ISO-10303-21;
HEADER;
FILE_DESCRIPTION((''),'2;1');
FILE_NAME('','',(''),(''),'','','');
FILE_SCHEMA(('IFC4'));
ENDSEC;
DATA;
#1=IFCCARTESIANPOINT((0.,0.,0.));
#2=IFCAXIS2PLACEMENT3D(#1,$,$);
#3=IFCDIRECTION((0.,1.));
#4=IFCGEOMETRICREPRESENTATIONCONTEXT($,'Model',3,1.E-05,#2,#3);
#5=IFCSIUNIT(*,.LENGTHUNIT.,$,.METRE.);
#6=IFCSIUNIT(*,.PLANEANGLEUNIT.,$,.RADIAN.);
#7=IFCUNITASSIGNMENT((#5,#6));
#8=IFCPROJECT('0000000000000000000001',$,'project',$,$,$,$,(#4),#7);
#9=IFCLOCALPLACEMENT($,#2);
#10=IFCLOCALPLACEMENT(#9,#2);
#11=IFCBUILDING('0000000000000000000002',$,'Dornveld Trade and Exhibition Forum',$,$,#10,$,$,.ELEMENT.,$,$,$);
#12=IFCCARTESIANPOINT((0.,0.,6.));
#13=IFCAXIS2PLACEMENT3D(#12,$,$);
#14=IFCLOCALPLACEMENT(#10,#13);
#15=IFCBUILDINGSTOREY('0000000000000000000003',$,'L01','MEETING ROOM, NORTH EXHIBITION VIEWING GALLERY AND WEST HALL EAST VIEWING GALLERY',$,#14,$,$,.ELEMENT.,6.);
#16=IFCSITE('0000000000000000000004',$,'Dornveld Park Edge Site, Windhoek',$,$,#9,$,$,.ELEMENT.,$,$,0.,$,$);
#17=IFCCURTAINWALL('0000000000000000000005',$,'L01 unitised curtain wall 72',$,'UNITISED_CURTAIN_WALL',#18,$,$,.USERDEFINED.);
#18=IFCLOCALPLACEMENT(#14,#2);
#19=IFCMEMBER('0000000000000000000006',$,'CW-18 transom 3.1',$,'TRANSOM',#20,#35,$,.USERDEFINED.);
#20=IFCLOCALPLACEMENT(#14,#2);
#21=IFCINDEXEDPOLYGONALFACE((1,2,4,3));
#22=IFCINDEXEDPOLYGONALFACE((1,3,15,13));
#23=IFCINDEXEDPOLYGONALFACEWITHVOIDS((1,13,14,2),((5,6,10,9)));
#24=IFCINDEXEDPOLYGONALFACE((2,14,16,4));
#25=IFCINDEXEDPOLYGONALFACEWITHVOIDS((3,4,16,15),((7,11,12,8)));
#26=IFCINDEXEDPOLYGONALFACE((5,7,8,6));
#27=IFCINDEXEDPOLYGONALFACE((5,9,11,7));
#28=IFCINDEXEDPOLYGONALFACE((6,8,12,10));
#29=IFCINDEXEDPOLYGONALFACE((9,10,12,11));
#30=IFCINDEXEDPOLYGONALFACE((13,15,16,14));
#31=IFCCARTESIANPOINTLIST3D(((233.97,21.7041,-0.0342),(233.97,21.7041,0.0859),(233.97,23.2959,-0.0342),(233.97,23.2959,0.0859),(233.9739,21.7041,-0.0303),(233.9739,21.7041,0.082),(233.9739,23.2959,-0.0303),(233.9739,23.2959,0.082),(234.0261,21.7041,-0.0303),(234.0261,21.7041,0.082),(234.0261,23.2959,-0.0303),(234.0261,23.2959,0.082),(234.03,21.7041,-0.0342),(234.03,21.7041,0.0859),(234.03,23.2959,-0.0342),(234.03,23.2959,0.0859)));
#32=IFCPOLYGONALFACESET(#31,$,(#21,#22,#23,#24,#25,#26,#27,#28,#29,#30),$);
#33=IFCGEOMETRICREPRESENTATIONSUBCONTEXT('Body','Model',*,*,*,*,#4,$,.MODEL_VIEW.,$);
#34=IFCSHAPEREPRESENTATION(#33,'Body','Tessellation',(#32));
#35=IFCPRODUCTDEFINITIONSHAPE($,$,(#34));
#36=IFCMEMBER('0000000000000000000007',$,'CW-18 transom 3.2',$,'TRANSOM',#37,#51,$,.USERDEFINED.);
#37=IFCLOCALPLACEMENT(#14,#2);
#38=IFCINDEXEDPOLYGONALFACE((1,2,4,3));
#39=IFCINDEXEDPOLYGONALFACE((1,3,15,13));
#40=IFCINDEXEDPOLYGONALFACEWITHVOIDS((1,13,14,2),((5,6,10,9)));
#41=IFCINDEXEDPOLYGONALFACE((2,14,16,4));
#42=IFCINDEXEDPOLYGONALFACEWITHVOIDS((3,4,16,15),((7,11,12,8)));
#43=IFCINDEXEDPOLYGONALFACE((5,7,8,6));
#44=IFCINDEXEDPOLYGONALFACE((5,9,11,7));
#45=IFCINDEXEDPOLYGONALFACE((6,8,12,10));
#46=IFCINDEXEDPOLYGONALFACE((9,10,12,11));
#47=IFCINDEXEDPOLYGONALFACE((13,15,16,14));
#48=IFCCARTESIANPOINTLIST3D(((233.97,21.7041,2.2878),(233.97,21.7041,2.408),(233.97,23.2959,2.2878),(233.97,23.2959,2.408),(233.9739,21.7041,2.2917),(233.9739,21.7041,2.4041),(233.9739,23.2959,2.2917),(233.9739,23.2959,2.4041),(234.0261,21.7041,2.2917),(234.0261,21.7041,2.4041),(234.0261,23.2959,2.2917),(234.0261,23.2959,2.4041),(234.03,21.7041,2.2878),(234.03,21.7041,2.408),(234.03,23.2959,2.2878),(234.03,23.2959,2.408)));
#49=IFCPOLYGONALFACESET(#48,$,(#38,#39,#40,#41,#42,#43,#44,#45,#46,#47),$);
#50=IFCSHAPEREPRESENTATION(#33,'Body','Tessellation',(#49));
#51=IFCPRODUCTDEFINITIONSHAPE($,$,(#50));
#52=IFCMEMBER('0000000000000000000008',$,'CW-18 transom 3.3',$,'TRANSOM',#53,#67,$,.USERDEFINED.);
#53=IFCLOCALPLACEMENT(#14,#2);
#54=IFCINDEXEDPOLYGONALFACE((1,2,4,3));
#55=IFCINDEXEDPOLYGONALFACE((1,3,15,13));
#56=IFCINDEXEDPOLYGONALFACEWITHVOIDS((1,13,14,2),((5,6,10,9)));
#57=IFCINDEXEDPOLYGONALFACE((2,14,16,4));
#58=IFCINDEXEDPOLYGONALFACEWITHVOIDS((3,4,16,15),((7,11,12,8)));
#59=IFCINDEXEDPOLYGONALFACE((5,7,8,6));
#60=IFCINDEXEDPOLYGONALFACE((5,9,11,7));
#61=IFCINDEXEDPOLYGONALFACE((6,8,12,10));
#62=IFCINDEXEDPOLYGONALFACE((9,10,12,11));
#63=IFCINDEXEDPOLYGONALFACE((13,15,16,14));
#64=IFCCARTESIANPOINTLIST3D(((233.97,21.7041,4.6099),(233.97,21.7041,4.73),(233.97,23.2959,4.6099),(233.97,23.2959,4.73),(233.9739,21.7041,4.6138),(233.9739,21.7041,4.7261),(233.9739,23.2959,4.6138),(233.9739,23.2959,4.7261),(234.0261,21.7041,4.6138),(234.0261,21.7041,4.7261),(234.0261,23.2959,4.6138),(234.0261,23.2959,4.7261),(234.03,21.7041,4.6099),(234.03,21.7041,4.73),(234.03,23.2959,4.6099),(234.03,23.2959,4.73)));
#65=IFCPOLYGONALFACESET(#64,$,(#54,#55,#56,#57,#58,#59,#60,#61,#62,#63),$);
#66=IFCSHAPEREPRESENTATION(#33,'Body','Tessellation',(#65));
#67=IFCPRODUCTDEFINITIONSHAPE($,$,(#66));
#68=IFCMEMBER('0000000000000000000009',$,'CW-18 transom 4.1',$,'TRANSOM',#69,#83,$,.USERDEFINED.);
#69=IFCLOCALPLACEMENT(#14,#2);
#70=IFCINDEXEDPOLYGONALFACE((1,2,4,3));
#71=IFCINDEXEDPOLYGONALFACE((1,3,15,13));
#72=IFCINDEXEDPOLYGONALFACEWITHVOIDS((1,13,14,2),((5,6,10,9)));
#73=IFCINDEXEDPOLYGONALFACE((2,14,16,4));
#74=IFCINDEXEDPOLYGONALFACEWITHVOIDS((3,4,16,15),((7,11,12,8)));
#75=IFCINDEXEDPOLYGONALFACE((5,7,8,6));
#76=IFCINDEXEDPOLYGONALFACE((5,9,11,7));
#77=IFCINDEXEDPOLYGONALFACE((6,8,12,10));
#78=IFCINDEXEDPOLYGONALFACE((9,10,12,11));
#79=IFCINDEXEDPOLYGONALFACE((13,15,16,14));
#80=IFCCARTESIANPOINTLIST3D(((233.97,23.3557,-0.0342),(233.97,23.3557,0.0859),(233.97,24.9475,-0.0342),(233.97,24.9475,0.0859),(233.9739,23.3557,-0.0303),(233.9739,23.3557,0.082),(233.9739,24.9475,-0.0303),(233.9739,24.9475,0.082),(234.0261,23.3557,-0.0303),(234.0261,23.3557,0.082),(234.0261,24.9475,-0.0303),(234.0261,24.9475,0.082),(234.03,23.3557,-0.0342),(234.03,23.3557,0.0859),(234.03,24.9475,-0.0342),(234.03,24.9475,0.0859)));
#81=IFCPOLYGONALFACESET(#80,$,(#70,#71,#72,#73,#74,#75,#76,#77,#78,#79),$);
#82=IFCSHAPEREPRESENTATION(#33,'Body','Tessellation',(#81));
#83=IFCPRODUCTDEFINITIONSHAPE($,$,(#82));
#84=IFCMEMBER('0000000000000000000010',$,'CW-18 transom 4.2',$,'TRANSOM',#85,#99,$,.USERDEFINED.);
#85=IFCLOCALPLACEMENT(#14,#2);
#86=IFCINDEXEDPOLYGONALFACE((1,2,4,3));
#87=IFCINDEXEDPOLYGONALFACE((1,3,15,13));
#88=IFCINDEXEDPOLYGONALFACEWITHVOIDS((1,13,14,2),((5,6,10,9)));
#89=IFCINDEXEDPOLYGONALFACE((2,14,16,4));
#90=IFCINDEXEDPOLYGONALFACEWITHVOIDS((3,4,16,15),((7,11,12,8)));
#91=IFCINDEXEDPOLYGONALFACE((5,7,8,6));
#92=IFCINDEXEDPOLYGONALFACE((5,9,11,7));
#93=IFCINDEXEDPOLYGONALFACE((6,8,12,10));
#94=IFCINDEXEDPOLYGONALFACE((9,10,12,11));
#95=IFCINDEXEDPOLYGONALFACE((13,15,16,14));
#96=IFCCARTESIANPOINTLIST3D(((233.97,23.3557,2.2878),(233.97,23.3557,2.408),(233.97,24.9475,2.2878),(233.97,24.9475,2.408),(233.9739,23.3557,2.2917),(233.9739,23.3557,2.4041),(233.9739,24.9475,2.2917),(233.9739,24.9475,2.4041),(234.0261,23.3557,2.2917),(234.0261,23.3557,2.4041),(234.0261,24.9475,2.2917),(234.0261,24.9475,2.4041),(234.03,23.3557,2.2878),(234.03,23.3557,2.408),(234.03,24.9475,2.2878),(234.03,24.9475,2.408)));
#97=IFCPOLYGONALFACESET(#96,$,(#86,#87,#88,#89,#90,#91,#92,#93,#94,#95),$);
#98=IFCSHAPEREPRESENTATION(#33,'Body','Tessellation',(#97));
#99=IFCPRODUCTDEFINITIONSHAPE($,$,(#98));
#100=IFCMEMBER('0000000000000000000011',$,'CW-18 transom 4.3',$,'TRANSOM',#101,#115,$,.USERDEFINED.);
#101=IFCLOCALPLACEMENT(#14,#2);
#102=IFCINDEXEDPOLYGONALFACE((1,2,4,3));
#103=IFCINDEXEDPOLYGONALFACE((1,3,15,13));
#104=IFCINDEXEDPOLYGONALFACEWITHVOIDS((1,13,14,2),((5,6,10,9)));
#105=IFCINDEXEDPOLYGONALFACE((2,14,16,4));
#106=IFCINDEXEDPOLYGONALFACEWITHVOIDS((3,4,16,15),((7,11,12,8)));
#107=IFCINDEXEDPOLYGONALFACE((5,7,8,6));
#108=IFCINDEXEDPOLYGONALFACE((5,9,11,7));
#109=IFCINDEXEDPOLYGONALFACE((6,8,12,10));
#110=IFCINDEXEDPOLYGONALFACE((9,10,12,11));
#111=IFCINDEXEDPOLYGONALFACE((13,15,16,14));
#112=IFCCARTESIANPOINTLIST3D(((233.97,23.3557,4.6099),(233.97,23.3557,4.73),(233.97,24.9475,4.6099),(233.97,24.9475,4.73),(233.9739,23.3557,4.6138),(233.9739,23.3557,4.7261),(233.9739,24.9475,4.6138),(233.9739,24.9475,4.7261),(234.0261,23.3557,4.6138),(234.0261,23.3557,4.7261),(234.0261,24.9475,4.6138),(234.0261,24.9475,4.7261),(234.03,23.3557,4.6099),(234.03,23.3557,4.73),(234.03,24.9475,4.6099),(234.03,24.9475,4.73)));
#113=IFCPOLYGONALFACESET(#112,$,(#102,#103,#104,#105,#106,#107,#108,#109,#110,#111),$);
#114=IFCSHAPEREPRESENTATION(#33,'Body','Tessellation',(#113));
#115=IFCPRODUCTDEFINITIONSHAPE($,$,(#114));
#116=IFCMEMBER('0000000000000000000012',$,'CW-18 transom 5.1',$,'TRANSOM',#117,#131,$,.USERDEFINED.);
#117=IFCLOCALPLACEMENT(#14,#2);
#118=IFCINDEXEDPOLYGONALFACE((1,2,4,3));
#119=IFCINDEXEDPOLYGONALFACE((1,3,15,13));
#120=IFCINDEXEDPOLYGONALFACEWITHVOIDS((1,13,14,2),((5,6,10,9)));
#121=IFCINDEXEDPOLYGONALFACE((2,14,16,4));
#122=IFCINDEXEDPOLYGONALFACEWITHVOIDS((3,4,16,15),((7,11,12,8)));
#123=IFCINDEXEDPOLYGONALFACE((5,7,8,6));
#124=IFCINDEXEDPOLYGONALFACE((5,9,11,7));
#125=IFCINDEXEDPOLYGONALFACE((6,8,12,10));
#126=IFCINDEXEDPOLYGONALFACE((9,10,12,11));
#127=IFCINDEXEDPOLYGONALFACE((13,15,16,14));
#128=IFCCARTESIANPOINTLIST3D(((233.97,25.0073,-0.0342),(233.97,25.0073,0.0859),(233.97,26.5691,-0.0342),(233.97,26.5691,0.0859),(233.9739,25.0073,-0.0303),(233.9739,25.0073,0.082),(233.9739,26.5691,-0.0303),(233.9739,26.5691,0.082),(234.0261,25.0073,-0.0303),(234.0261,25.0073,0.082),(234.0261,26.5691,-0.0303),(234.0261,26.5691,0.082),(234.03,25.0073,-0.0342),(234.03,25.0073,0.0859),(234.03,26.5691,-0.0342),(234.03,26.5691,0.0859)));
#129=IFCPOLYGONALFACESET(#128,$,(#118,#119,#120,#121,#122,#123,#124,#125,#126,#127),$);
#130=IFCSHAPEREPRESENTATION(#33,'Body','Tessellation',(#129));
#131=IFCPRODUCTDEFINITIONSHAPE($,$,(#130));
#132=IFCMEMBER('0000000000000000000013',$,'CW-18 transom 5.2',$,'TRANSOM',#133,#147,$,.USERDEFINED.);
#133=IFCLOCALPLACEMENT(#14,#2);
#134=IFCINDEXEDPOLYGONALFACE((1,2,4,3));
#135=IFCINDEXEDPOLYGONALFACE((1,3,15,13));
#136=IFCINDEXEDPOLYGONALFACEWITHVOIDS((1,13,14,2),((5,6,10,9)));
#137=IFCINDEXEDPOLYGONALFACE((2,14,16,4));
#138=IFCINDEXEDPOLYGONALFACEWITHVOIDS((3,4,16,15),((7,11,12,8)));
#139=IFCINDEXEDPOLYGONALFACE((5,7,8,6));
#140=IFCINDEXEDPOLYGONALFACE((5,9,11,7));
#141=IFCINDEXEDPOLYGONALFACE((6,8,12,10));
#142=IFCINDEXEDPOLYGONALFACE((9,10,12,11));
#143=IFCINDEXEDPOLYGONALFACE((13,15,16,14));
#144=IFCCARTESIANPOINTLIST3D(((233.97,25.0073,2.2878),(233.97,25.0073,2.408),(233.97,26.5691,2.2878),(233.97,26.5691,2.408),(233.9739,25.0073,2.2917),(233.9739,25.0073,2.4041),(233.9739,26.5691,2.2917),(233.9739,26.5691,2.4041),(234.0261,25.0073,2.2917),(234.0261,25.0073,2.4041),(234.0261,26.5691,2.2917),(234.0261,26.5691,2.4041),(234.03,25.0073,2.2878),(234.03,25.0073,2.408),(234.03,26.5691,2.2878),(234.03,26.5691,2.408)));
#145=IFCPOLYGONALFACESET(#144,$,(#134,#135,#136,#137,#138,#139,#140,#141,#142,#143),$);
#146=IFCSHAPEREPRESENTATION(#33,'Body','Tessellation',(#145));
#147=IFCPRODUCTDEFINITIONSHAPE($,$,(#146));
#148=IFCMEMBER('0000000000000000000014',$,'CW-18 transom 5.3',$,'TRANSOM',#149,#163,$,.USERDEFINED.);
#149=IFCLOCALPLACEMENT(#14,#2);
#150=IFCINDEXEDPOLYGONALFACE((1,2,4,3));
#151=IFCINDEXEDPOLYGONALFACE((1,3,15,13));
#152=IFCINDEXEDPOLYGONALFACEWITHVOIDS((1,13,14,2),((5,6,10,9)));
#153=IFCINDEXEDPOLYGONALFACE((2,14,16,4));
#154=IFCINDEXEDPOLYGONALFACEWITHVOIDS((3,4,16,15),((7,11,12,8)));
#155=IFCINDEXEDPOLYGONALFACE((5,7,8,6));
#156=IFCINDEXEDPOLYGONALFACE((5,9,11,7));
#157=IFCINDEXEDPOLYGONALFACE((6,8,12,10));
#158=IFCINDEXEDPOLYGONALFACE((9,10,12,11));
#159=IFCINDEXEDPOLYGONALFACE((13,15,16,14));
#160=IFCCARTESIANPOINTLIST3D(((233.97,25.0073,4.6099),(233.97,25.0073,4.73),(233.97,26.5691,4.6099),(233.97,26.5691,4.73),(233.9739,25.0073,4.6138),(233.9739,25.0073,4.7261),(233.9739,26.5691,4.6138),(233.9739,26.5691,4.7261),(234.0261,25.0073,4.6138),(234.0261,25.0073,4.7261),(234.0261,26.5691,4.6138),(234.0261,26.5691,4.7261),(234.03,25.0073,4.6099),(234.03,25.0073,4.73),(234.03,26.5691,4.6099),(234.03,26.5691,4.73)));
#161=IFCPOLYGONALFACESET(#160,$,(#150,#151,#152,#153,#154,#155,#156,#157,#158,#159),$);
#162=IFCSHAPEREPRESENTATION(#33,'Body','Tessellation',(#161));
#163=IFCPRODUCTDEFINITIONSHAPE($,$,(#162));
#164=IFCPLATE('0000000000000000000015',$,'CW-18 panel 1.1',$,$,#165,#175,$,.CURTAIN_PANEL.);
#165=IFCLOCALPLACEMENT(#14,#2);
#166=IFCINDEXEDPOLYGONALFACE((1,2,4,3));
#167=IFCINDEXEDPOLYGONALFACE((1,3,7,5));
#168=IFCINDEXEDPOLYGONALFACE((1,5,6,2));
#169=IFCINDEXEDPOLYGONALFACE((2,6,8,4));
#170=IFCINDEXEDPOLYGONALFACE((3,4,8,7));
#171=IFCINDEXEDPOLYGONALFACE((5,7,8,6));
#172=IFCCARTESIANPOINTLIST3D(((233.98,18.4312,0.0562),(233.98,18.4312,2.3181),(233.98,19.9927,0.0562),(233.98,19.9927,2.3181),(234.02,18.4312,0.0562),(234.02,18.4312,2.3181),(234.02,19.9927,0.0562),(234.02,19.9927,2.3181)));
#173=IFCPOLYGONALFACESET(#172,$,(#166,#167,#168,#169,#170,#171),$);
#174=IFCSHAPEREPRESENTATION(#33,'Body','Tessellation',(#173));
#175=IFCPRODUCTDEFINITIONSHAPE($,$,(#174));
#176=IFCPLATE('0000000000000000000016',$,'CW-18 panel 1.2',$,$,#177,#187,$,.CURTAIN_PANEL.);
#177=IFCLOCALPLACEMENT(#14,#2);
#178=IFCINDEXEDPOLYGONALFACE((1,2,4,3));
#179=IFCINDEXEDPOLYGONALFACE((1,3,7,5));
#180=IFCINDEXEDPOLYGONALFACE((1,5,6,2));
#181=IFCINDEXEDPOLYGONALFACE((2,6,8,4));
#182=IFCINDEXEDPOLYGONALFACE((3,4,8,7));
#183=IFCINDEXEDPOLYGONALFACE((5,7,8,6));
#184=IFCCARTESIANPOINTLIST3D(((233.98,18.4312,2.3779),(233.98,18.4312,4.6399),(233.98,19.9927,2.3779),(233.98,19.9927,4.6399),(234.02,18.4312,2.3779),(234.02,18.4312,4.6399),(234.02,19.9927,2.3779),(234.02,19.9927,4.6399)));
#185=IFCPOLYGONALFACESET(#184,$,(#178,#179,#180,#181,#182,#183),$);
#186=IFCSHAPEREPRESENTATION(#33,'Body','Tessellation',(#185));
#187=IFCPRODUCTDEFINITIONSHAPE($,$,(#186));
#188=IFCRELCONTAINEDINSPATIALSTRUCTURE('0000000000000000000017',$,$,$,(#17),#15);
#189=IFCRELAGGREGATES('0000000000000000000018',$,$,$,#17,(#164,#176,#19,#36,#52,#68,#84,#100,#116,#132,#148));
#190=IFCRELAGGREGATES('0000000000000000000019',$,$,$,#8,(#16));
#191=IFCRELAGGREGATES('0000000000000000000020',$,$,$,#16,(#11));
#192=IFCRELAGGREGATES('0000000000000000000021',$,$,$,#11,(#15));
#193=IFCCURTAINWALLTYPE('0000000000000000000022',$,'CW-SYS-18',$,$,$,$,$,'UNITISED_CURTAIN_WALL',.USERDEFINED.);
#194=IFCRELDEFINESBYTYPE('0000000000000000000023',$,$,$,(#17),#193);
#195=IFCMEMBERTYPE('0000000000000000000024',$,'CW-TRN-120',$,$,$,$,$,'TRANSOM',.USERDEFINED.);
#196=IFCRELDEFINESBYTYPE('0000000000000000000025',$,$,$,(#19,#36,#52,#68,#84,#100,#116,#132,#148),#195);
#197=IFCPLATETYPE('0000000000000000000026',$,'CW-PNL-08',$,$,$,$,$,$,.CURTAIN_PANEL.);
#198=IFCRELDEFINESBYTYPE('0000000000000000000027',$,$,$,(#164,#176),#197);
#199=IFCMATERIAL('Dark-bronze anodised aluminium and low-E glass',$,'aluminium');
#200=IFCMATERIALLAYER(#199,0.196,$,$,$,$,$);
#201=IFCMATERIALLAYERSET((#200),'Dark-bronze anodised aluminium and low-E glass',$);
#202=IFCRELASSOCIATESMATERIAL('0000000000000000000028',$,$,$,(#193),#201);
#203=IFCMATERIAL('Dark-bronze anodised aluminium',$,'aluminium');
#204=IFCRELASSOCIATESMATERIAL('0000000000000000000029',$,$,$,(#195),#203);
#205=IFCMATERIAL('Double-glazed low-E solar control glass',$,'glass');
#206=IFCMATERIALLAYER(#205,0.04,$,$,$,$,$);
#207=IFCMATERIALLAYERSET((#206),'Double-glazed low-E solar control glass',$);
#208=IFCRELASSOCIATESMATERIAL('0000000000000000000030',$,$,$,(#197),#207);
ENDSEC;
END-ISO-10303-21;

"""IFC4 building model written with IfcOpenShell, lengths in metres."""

from ifc_helpers import new_model, si_unit, direction, frame, origin, origin_2d, place, context, subcontext, project, spatial, rectangle, hollow_rectangle, extrude, material, layer, layer_set, material_profile, profile_set, type_object, element, aggregate, save


model = new_model("IFC4")

# Units and contexts
model_context = context("Model", 3, precision=1e-05, world=origin(), true_north=direction((0.0, 1.0)))
body_context = subcontext(model_context, "Body", "Model", "MODEL_VIEW")
ifc_project = project(units=[si_unit("LENGTHUNIT", "METRE"), si_unit("PLANEANGLEUNIT", "RADIAN")], contexts=[model_context])

# Site, building, storey
site_placement = place(None, origin())
site = spatial("IfcSite", under=ifc_project, at=site_placement, Name="Dornveld Park Edge Site, Windhoek", CompositionType="ELEMENT", RefElevation=0.0)
building_placement = place(site_placement, origin())
building = spatial("IfcBuilding", under=site, at=building_placement, Name="Dornveld Trade and Exhibition Forum", CompositionType="ELEMENT")
storey_placement = place(building_placement, frame((0.0, 0.0, 6.0)))
storey = spatial("IfcBuildingStorey", under=building, at=storey_placement, Name="L01", Description="MEETING ROOM, NORTH EXHIBITION VIEWING GALLERY AND WEST HALL EAST VIEWING GALLERY", CompositionType="ELEMENT", Elevation=6.0)

# Curtain wall, members, plates
ifc_material_1 = material(Name="Dark-bronze anodised aluminium and low-E glass", Category="aluminium")
ifc_layer_1 = layer(ifc_material_1, 0.196)
ifc_layer_set_1 = layer_set([ifc_layer_1], Name="Dark-bronze anodised aluminium and low-E glass")
curtain_wall_type = type_object("IfcCurtainWallType", Name="CW-SYS-18", ElementType="UNITISED_CURTAIN_WALL", PredefinedType="USERDEFINED", material=ifc_layer_set_1)
curtain_wall_placement = place(storey_placement, origin())
curtain_wall = element("IfcCurtainWall", 1, at=curtain_wall_placement, inside=storey, type_object=curtain_wall_type, Name="L01 unitised curtain wall 72", ObjectType="UNITISED_CURTAIN_WALL", PredefinedType="USERDEFINED")
ifc_material_2 = material(Name="Dark-bronze anodised aluminium", Category="aluminium")
ifc_material_profile_1 = material_profile(ifc_material_2, hollow_rectangle(XDim=0.0601, YDim=0.1201, WallThickness=0.0039, at=origin_2d()), Name="RHS 120x60x4")
ifc_profile_set_1 = profile_set([ifc_material_profile_1], Name="Dark-bronze anodised aluminium")
member_type_1 = type_object("IfcMemberType", Name="CW-TRN-120", ElementType="TRANSOM", PredefinedType="USERDEFINED", material=ifc_profile_set_1)
member_1_placement = place(storey_placement, frame((234.0, 21.7041, 0.0259), z_axis=(0.0, 1.0, 0.0), x_axis=(-1.0, 0.0, 0.0)))
member_1 = element("IfcMember", 2, at=member_1_placement, type_object=member_type_1, Name="CW-18 transom 3.1", ObjectType="TRANSOM", PredefinedType="USERDEFINED", context=body_context, shape_type="SweptSolid", body=[
    extrude(hollow_rectangle(XDim=0.0601, YDim=0.1201, WallThickness=0.0039, at=origin_2d()), origin(), (0.0, 0.0, 1.0), 1.5918),
])
member_2_placement = place(storey_placement, frame((234.0, 21.7041, 2.3479), z_axis=(0.0, 1.0, 0.0), x_axis=(-1.0, 0.0, 0.0)))
member_2 = element("IfcMember", 3, at=member_2_placement, type_object=member_type_1, Name="CW-18 transom 3.2", ObjectType="TRANSOM", PredefinedType="USERDEFINED", context=body_context, shape_type="SweptSolid", body=[
    extrude(hollow_rectangle(XDim=0.0601, YDim=0.1201, WallThickness=0.0039, at=origin_2d()), origin(), (0.0, 0.0, 1.0), 1.5918),
])
member_3_placement = place(storey_placement, frame((234.0, 21.7041, 4.6699), z_axis=(0.0, 1.0, 0.0), x_axis=(-1.0, 0.0, 0.0)))
member_3 = element("IfcMember", 4, at=member_3_placement, type_object=member_type_1, Name="CW-18 transom 3.3", ObjectType="TRANSOM", PredefinedType="USERDEFINED", context=body_context, shape_type="SweptSolid", body=[
    extrude(hollow_rectangle(XDim=0.0601, YDim=0.1201, WallThickness=0.0039, at=origin_2d()), origin(), (0.0, 0.0, 1.0), 1.5918),
])
member_4_placement = place(storey_placement, frame((234.0, 23.3557, 0.0259), z_axis=(0.0, 1.0, 0.0), x_axis=(-1.0, 0.0, 0.0)))
member_4 = element("IfcMember", 5, at=member_4_placement, type_object=member_type_1, Name="CW-18 transom 4.1", ObjectType="TRANSOM", PredefinedType="USERDEFINED", context=body_context, shape_type="SweptSolid", body=[
    extrude(hollow_rectangle(XDim=0.0601, YDim=0.1201, WallThickness=0.0039, at=origin_2d()), origin(), (0.0, 0.0, 1.0), 1.5918),
])
member_5_placement = place(storey_placement, frame((234.0, 23.3557, 2.3479), z_axis=(0.0, 1.0, 0.0), x_axis=(-1.0, 0.0, 0.0)))
member_5 = element("IfcMember", 6, at=member_5_placement, type_object=member_type_1, Name="CW-18 transom 4.2", ObjectType="TRANSOM", PredefinedType="USERDEFINED", context=body_context, shape_type="SweptSolid", body=[
    extrude(hollow_rectangle(XDim=0.0601, YDim=0.1201, WallThickness=0.0039, at=origin_2d()), origin(), (0.0, 0.0, 1.0), 1.5918),
])
member_6_placement = place(storey_placement, frame((234.0, 23.3557, 4.6699), z_axis=(0.0, 1.0, 0.0), x_axis=(-1.0, 0.0, 0.0)))
member_6 = element("IfcMember", 7, at=member_6_placement, type_object=member_type_1, Name="CW-18 transom 4.3", ObjectType="TRANSOM", PredefinedType="USERDEFINED", context=body_context, shape_type="SweptSolid", body=[
    extrude(hollow_rectangle(XDim=0.0601, YDim=0.1201, WallThickness=0.0039, at=origin_2d()), origin(), (0.0, 0.0, 1.0), 1.5918),
])
member_7_placement = place(storey_placement, frame((234.0, 25.0073, 0.0259), z_axis=(0.0, 1.0, 0.0), x_axis=(-1.0, 0.0, 0.0)))
member_7 = element("IfcMember", 8, at=member_7_placement, type_object=member_type_1, Name="CW-18 transom 5.1", ObjectType="TRANSOM", PredefinedType="USERDEFINED", context=body_context, shape_type="SweptSolid", body=[
    extrude(hollow_rectangle(XDim=0.0601, YDim=0.1201, WallThickness=0.0039, at=origin_2d()), origin(), (0.0, 0.0, 1.0), 1.5618),
])
member_8_placement = place(storey_placement, frame((234.0, 25.0073, 2.3479), z_axis=(0.0, 1.0, 0.0), x_axis=(-1.0, 0.0, 0.0)))
member_8 = element("IfcMember", 9, at=member_8_placement, type_object=member_type_1, Name="CW-18 transom 5.2", ObjectType="TRANSOM", PredefinedType="USERDEFINED", context=body_context, shape_type="SweptSolid", body=[
    extrude(hollow_rectangle(XDim=0.0601, YDim=0.1201, WallThickness=0.0039, at=origin_2d()), origin(), (0.0, 0.0, 1.0), 1.5618),
])
member_9_placement = place(storey_placement, frame((234.0, 25.0073, 4.6699), z_axis=(0.0, 1.0, 0.0), x_axis=(-1.0, 0.0, 0.0)))
member_9 = element("IfcMember", 10, at=member_9_placement, type_object=member_type_1, Name="CW-18 transom 5.3", ObjectType="TRANSOM", PredefinedType="USERDEFINED", context=body_context, shape_type="SweptSolid", body=[
    extrude(hollow_rectangle(XDim=0.0601, YDim=0.1201, WallThickness=0.0039, at=origin_2d()), origin(), (0.0, 0.0, 1.0), 1.5618),
])
ifc_material_3 = material(Name="Double-glazed low-E solar control glass", Category="glass")
ifc_layer_2 = layer(ifc_material_3, 0.04)
ifc_layer_set_2 = layer_set([ifc_layer_2], Name="Double-glazed low-E solar control glass")
plate_type = type_object("IfcPlateType", Name="CW-PNL-08", PredefinedType="CURTAIN_PANEL", material=ifc_layer_set_2)
plate_1_placement = place(storey_placement, frame((234.0, 19.2119, 0.0562), z_axis=(0.0, 0.0, 1.0), x_axis=(0.0, 1.0, 0.0)))
plate_1 = element("IfcPlate", 11, at=plate_1_placement, type_object=plate_type, Name="CW-18 panel 1.1", PredefinedType="CURTAIN_PANEL", context=body_context, shape_type="SweptSolid", body=[
    extrude(rectangle(XDim=1.5615, YDim=0.04, at=origin_2d()), origin(), (0.0, 0.0, 1.0), 2.262),
])
plate_2_placement = place(storey_placement, frame((234.0, 19.2119, 2.3779), z_axis=(0.0, 0.0, 1.0), x_axis=(0.0, 1.0, 0.0)))
plate_2 = element("IfcPlate", 12, at=plate_2_placement, type_object=plate_type, Name="CW-18 panel 1.2", PredefinedType="CURTAIN_PANEL", context=body_context, shape_type="SweptSolid", body=[
    extrude(rectangle(XDim=1.5615, YDim=0.04, at=origin_2d()), origin(), (0.0, 0.0, 1.0), 2.262),
])
aggregate(curtain_wall, [plate_1, plate_2, member_1, member_2, member_3, member_4, member_5, member_6, member_7, member_8, member_9])

save(model, "model.ifc")
